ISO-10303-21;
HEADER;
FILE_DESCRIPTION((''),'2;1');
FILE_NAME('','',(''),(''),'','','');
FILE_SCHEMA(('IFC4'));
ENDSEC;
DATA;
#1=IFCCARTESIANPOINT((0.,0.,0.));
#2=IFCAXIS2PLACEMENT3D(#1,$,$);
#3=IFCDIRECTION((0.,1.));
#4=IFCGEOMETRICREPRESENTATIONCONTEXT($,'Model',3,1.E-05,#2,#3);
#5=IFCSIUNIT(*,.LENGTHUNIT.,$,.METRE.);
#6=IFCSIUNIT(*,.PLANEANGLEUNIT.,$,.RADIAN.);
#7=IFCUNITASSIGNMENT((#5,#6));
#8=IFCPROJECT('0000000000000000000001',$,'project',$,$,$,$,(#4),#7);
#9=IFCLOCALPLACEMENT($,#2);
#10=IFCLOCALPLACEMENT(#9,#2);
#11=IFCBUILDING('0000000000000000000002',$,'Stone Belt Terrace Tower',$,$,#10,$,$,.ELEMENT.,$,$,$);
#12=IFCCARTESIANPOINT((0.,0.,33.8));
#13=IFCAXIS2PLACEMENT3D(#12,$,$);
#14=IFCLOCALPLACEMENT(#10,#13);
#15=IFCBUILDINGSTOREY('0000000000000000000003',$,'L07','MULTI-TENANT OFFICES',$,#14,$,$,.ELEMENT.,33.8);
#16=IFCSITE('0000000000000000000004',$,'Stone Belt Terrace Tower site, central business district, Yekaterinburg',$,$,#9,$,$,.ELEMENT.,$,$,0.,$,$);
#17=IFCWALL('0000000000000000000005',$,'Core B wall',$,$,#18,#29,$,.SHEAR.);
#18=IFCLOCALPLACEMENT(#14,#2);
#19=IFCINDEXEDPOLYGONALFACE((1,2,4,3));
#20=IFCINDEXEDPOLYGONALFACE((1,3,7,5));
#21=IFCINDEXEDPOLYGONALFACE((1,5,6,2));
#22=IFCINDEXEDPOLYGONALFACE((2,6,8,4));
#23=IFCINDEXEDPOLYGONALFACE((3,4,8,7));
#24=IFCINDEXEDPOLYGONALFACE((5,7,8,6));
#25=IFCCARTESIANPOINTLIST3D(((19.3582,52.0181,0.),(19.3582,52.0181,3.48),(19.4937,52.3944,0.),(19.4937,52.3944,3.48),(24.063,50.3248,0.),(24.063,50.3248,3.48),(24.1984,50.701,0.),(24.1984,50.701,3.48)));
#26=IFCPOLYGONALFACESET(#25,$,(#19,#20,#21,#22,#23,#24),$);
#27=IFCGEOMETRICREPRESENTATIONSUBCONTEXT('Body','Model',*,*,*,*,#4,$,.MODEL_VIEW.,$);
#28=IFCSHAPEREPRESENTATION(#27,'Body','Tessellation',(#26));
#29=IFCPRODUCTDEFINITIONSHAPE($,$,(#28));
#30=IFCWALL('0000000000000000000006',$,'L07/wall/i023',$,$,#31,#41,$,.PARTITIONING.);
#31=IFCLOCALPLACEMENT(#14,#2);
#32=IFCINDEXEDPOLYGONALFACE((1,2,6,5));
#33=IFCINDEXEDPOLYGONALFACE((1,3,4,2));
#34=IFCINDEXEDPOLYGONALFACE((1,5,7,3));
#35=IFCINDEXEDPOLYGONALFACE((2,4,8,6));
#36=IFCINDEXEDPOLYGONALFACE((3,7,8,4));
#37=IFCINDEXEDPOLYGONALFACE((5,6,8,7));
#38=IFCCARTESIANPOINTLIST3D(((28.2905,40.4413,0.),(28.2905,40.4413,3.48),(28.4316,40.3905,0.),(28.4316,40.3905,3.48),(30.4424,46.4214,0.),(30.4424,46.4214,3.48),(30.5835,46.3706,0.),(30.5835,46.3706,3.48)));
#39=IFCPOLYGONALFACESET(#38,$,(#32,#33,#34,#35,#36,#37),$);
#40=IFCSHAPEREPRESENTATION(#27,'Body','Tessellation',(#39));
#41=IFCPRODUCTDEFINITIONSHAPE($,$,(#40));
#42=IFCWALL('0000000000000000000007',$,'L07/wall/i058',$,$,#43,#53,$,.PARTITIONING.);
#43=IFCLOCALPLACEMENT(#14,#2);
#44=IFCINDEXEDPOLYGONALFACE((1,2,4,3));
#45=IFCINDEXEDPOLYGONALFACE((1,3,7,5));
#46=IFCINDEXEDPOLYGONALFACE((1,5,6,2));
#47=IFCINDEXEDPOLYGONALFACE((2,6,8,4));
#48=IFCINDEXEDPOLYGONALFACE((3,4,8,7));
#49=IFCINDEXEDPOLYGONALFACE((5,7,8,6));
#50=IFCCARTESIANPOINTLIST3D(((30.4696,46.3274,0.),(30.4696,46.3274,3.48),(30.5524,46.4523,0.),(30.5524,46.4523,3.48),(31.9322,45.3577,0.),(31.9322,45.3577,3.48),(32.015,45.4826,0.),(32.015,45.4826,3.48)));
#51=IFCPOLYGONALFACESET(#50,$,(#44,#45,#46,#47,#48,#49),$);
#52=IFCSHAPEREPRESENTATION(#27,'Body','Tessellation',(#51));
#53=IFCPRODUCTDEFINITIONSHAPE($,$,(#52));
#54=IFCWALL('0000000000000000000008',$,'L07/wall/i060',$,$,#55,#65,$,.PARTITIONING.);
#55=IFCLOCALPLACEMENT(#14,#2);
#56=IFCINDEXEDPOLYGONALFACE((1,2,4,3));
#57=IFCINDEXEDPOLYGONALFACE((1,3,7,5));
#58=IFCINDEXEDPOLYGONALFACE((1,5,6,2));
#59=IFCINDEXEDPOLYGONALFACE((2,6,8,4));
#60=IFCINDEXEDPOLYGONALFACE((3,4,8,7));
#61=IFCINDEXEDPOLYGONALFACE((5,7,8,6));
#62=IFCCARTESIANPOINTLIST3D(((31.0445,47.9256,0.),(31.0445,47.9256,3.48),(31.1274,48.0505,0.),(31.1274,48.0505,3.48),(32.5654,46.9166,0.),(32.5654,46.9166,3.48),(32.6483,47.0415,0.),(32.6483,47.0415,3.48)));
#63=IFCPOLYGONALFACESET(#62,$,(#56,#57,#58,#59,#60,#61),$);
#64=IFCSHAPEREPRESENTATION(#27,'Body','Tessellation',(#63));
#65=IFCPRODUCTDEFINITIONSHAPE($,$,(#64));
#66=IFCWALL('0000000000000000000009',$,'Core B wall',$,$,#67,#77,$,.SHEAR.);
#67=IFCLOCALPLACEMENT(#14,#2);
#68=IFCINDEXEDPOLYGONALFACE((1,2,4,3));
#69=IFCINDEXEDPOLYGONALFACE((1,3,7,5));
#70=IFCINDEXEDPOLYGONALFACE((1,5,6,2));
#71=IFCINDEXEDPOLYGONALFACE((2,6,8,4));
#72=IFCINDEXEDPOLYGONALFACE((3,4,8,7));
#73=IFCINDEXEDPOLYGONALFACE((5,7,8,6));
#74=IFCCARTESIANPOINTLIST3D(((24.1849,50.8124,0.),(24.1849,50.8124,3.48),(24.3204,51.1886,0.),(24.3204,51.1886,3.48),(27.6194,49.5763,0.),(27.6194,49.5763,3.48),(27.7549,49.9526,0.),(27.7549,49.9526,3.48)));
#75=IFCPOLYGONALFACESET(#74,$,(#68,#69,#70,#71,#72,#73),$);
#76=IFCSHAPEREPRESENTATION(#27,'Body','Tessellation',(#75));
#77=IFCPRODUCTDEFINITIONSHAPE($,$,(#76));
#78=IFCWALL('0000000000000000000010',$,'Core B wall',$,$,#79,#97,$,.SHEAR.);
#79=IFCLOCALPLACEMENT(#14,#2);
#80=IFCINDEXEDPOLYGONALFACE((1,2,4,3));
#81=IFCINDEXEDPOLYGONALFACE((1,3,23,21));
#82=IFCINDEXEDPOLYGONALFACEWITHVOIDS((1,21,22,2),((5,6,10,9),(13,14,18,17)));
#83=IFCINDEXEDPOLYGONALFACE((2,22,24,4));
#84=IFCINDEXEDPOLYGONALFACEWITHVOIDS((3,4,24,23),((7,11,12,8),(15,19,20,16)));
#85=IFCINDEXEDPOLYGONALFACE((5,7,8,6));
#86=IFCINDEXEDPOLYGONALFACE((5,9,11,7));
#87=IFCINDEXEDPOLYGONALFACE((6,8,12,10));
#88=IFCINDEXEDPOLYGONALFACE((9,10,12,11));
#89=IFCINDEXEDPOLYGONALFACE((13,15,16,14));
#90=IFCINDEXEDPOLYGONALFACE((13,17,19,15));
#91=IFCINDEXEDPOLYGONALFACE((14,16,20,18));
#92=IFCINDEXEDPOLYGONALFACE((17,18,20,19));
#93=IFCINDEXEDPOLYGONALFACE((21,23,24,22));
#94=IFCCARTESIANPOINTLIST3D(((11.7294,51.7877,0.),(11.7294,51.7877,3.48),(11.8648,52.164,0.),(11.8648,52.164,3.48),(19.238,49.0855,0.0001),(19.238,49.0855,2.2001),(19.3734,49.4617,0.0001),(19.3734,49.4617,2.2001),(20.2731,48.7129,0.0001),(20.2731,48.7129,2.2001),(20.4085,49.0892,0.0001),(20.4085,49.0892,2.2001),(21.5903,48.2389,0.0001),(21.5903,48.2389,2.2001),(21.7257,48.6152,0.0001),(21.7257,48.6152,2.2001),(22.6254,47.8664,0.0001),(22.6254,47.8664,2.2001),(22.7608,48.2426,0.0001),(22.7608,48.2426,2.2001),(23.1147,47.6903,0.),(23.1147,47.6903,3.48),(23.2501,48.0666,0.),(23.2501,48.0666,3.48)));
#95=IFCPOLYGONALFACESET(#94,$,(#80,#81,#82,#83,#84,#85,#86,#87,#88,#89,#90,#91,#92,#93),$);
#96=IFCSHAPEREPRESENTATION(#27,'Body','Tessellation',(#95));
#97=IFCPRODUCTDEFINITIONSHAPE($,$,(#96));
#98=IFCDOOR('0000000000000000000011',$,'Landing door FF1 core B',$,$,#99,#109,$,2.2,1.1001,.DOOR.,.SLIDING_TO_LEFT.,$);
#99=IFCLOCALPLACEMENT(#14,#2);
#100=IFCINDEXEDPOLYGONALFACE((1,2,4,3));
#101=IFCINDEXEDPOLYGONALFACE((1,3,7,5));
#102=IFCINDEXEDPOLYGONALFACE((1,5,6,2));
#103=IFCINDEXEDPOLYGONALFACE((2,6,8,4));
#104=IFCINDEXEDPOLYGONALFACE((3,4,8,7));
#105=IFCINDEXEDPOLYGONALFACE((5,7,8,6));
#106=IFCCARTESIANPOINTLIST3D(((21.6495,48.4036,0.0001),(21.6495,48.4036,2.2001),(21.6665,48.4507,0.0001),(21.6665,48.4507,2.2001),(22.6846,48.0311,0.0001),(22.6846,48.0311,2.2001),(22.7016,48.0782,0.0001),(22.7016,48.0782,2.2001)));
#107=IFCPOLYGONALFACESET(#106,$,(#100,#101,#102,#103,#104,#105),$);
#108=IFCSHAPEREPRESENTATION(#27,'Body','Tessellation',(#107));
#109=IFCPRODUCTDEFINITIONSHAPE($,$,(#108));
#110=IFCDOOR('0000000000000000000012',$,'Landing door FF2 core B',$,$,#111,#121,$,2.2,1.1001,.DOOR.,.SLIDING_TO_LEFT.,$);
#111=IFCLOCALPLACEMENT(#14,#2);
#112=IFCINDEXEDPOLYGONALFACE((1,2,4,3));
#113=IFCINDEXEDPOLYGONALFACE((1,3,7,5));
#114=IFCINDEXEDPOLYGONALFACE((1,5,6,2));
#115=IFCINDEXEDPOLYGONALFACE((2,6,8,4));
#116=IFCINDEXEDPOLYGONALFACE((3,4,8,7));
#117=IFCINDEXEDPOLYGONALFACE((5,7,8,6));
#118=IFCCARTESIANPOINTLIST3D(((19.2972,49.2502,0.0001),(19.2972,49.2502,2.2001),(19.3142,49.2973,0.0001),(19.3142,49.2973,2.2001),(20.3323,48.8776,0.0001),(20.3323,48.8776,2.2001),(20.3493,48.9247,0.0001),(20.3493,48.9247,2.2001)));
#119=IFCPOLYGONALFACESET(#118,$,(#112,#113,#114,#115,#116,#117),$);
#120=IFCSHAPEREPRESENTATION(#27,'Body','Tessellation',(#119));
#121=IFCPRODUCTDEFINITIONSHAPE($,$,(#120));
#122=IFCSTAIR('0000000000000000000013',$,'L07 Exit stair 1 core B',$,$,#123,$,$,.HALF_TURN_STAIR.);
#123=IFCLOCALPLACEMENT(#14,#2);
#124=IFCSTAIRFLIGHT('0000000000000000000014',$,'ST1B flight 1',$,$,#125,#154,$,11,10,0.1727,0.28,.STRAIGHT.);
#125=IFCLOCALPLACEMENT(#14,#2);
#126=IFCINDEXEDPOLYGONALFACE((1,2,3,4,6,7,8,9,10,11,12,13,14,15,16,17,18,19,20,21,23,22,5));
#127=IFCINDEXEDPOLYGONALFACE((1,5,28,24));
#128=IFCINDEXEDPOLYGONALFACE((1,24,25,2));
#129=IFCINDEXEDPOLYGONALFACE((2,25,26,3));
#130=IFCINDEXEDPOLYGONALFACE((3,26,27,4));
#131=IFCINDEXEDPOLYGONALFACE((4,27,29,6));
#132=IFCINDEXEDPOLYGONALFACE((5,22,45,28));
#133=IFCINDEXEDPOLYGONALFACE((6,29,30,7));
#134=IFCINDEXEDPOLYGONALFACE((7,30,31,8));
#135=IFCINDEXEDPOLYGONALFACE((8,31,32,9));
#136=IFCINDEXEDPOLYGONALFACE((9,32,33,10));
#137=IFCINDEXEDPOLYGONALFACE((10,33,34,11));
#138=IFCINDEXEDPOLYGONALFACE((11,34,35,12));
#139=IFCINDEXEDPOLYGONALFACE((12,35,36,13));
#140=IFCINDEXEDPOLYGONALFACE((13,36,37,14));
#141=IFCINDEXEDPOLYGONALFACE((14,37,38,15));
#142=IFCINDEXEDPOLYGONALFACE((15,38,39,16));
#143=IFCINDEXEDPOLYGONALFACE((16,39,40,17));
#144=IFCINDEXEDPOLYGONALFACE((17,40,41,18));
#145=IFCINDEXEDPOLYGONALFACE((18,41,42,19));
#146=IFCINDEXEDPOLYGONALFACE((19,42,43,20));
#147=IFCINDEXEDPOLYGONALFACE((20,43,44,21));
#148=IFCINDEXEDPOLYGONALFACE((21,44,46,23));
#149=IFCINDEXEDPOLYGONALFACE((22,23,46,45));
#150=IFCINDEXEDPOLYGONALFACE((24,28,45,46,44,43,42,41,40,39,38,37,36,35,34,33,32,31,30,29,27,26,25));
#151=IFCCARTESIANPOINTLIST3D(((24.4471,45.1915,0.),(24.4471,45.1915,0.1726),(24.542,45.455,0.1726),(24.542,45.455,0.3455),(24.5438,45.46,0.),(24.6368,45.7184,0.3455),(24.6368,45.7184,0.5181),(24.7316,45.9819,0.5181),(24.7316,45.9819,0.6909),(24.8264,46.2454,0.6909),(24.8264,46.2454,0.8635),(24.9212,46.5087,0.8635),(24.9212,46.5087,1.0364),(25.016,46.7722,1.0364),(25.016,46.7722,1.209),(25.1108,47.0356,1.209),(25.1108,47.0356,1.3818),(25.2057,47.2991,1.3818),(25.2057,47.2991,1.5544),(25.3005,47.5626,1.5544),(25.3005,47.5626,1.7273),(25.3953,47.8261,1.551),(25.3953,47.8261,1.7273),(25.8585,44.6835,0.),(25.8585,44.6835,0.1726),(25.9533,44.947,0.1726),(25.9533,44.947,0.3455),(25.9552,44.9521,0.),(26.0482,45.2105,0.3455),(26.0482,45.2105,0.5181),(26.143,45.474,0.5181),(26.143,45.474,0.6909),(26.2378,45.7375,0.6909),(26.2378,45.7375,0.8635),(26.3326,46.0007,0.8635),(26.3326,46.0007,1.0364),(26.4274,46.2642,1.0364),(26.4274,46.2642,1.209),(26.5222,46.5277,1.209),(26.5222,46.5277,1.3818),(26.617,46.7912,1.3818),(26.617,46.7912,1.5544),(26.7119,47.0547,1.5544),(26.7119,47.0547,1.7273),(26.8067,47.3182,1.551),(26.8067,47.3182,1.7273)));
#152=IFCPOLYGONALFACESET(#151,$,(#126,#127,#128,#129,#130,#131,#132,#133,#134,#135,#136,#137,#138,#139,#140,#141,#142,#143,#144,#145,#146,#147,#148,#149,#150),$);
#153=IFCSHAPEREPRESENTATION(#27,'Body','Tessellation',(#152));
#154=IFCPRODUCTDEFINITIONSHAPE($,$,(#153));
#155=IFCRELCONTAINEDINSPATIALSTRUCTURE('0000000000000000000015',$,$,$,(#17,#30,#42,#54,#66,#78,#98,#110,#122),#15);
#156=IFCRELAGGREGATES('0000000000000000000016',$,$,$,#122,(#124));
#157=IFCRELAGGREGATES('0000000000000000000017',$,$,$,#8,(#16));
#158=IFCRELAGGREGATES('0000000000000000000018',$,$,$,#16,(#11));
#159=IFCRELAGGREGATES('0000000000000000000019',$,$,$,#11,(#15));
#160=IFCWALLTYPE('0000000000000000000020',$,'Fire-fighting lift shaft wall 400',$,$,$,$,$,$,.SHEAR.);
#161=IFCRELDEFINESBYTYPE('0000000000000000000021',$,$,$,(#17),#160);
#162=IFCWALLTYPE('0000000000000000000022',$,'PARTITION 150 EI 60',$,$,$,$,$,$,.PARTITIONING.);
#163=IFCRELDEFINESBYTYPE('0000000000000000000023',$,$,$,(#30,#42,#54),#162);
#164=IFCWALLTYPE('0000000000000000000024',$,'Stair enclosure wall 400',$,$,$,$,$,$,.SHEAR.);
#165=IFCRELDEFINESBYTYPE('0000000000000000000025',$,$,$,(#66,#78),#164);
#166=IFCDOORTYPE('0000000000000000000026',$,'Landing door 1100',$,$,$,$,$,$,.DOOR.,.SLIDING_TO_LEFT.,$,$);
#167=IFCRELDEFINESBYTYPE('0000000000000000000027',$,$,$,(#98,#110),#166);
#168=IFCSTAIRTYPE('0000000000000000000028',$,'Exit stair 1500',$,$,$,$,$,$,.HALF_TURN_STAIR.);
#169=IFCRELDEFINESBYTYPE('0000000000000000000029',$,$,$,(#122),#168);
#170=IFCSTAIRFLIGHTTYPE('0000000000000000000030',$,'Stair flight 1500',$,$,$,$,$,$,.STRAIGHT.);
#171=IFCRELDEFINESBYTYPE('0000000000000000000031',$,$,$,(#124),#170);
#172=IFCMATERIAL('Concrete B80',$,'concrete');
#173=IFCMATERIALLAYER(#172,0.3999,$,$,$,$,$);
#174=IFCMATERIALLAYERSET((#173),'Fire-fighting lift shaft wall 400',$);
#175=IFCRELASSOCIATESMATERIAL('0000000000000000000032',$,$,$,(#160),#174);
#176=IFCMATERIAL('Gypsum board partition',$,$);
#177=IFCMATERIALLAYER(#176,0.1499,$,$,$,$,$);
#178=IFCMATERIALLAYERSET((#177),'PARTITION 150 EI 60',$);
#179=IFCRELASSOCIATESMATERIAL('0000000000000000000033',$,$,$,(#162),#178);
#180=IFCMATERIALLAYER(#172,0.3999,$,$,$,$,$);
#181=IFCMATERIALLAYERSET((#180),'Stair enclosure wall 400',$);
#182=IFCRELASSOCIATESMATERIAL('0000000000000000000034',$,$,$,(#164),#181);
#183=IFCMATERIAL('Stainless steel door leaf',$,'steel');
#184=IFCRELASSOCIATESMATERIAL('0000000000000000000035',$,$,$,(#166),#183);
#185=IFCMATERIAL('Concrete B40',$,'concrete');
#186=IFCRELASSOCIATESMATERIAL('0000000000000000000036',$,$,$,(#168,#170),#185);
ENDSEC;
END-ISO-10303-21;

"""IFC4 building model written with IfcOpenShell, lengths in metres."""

from ifc_helpers import new_model, si_unit, direction, frame, frame_2d, origin, place, context, subcontext, project, spatial, polyline, rectangle, outline, extrude, material, layer, layer_set, type_object, element, fill, aggregate, save


model = new_model("IFC4")

# Units and contexts
model_context = context("Model", 3, precision=1e-05, world=origin(), true_north=direction((0.0, 1.0)))
body_context = subcontext(model_context, "Body", "Model", "MODEL_VIEW")
ifc_project = project(units=[si_unit("LENGTHUNIT", "METRE"), si_unit("PLANEANGLEUNIT", "RADIAN")], contexts=[model_context])

# Site, building, storey
site_placement = place(None, origin())
site = spatial("IfcSite", under=ifc_project, at=site_placement, Name="Stone Belt Terrace Tower site, central business district, Yekaterinburg", CompositionType="ELEMENT", RefElevation=0.0)
building_placement = place(site_placement, origin())
building = spatial("IfcBuilding", under=site, at=building_placement, Name="Stone Belt Terrace Tower", CompositionType="ELEMENT")
storey_placement = place(building_placement, frame((0.0, 0.0, 33.8)))
storey = spatial("IfcBuildingStorey", under=building, at=storey_placement, Name="L07", Description="MULTI-TENANT OFFICES", CompositionType="ELEMENT", Elevation=33.8)

# Walls
ifc_material_1 = material(Name="Concrete B80", Category="concrete")
ifc_layer_1 = layer(ifc_material_1, 0.3999)
ifc_layer_set_1 = layer_set([ifc_layer_1], Name="Fire-fighting lift shaft wall 400")
wall_type_1 = type_object("IfcWallType", Name="Fire-fighting lift shaft wall 400", PredefinedType="SHEAR", material=ifc_layer_set_1)
wall_1_placement = place(storey_placement, frame((24.1306, 50.5129, 0.0), z_axis=(0.0, 0.0, 1.0), x_axis=(-0.940912, 0.338652, 0.0)))
element("IfcWall", 1, at=wall_1_placement, inside=storey, type_object=wall_type_1, Name="Core B wall", PredefinedType="SHEAR", context=body_context, shape_type="SweptSolid", body=[
    extrude(rectangle(XDim=5.0002, YDim=0.3999, at=frame_2d((2.5, 0.0))), origin(), (0.0, 0.0, 1.0), 3.48),
])
ifc_material_2 = material(Name="Gypsum board partition")
ifc_layer_2 = layer(ifc_material_2, 0.1499)
ifc_layer_set_2 = layer_set([ifc_layer_2], Name="PARTITION 150 EI 60")
wall_type_2 = type_object("IfcWallType", Name="PARTITION 150 EI 60", PredefinedType="PARTITIONING", material=ifc_layer_set_2)
wall_2_placement = place(storey_placement, frame((30.5129, 46.396, 0.0), z_axis=(0.0, 0.0, 1.0), x_axis=(-0.338589, -0.940934, 0.0)))
element("IfcWall", 2, at=wall_2_placement, inside=storey, type_object=wall_type_2, Name="L07/wall/i023", PredefinedType="PARTITIONING", context=body_context, shape_type="SweptSolid", body=[
    extrude(rectangle(XDim=6.3555, YDim=0.1499, at=frame_2d((3.1777, 0.0))), origin(), (0.0, 0.0, 1.0), 3.48),
])
wall_3_placement = place(storey_placement, frame((31.9736, 45.4202, 0.0), z_axis=(0.0, 0.0, 1.0), x_axis=(-0.83346, 0.55258, 0.0)))
element("IfcWall", 3, at=wall_3_placement, inside=storey, type_object=wall_type_2, Name="L07/wall/i058", PredefinedType="PARTITIONING", context=body_context, shape_type="SweptSolid", body=[
    extrude(rectangle(XDim=1.7549, YDim=0.1499, at=frame_2d((0.8774, 0.0))), origin(), (0.0, 0.0, 1.0), 3.48),
])
wall_4_placement = place(storey_placement, frame((31.0859, 47.988, 0.0), z_axis=(0.0, 0.0, 1.0), x_axis=(0.833303, -0.552816, 0.0)))
element("IfcWall", 4, at=wall_4_placement, inside=storey, type_object=wall_type_2, Name="L07/wall/i060", PredefinedType="PARTITIONING", context=body_context, shape_type="SweptSolid", body=[
    extrude(rectangle(XDim=1.8252, YDim=0.1499, at=frame_2d((0.9126, 0.0))), origin(), (0.0, 0.0, 1.0), 3.48),
])
ifc_layer_3 = layer(ifc_material_1, 0.3999)
ifc_layer_set_3 = layer_set([ifc_layer_3], Name="Stair enclosure wall 400")
wall_type_3 = type_object("IfcWallType", Name="Stair enclosure wall 400", PredefinedType="SHEAR", material=ifc_layer_set_3)
wall_5_placement = place(storey_placement, frame((27.6873, 49.7644, 0.0), z_axis=(0.0, 0.0, 1.0), x_axis=(-0.940919, 0.338632, 0.0)))
element("IfcWall", 5, at=wall_5_placement, inside=storey, type_object=wall_type_3, Name="Core B wall", PredefinedType="SHEAR", context=body_context, shape_type="SweptSolid", body=[
    extrude(rectangle(XDim=3.6501, YDim=0.3999, at=frame_2d((1.8252, 0.0))), origin(), (0.0, 0.0, 1.0), 3.48),
])

# Wall, openings, doors
wall_6_placement = place(storey_placement, frame((23.1824, 47.8784, 0.0), z_axis=(0.0, 0.0, 1.0), x_axis=(-0.940921, 0.338626, 0.0)))
wall_6 = element("IfcWall", 6, at=wall_6_placement, inside=storey, type_object=wall_type_3, Name="Core B wall", PredefinedType="SHEAR", context=body_context, shape_type="SweptSolid", body=[
    extrude(rectangle(XDim=12.1001, YDim=0.3999, at=frame_2d((6.05, 0.0))), origin(), (0.0, 0.0, 1.0), 3.48),
])
opening_1_placement = place(wall_6_placement, frame((0.52, 0.0, 0.0)))
opening_1 = element("IfcOpeningElement", 7, at=opening_1_placement, cuts=wall_6, PredefinedType="OPENING", context=body_context, shape_type="SweptSolid", body=[
    extrude(rectangle(XDim=1.1001, YDim=2.2, at=frame_2d((0.55, 1.1001))), frame((0.0, 0.21, 0.0), z_axis=(0.0, -1.0, 0.0), x_axis=(1.0, 0.0, 0.0)), (0.0, 0.0, 1.0), 0.4199),
])
opening_2_placement = place(wall_6_placement, frame((3.02, 0.0, 0.0)))
opening_2 = element("IfcOpeningElement", 8, at=opening_2_placement, cuts=wall_6, PredefinedType="OPENING", context=body_context, shape_type="SweptSolid", body=[
    extrude(rectangle(XDim=1.1001, YDim=2.2, at=frame_2d((0.55, 1.1001))), frame((0.0, 0.21, 0.0), z_axis=(0.0, -1.0, 0.0), x_axis=(1.0, 0.0, 0.0)), (0.0, 0.0, 1.0), 0.4199),
])
ifc_material_3 = material(Name="Stainless steel door leaf", Category="steel")
door_type = type_object("IfcDoorType", Name="Landing door 1100", OperationType="SLIDING_TO_LEFT", PredefinedType="DOOR", material=ifc_material_3)
door_1_placement = place(opening_1_placement, origin())
door_1 = element("IfcDoor", 9, at=door_1_placement, inside=storey, type_object=door_type, Name="Landing door FF1 core B", OperationType="SLIDING_TO_LEFT", OverallHeight=2.2, OverallWidth=1.1001, PredefinedType="DOOR", context=body_context, shape_type="SweptSolid", body=[
    extrude(rectangle(XDim=1.1001, YDim=2.2, at=frame_2d((0.55, 1.1001))), frame((0.0, 0.0249, 0.0), z_axis=(0.0, -1.0, 0.0), x_axis=(1.0, 0.0, 0.0)), (0.0, 0.0, 1.0), 0.05),
])
fill(opening_1, door_1)
door_2_placement = place(opening_2_placement, origin())
door_2 = element("IfcDoor", 10, at=door_2_placement, inside=storey, type_object=door_type, Name="Landing door FF2 core B", OperationType="SLIDING_TO_LEFT", OverallHeight=2.2, OverallWidth=1.1001, PredefinedType="DOOR", context=body_context, shape_type="SweptSolid", body=[
    extrude(rectangle(XDim=1.1001, YDim=2.2, at=frame_2d((0.55, 1.1001))), frame((0.0, 0.0249, 0.0), z_axis=(0.0, -1.0, 0.0), x_axis=(1.0, 0.0, 0.0)), (0.0, 0.0, 1.0), 0.05),
])
fill(opening_2, door_2)

# Stair, stair flight
ifc_material_4 = material(Name="Concrete B40", Category="concrete")
stair_type = type_object("IfcStairType", Name="Exit stair 1500", PredefinedType="HALF_TURN_STAIR", material=ifc_material_4)
stair_placement = place(storey_placement, origin())
stair = element("IfcStair", 11, at=stair_placement, inside=storey, type_object=stair_type, Name="L07 Exit stair 1 core B", PredefinedType="HALF_TURN_STAIR")
stair_flight_type = type_object("IfcStairFlightType", Name="Stair flight 1500", PredefinedType="STRAIGHT", material=ifc_material_4)
stair_flight_1_placement = place(storey_placement, frame((25.1528, 44.9375, 0.0), z_axis=(0.0, 0.0, 1.0), x_axis=(0.338624, 0.940922, 0.0)))
stair_flight_1 = element("IfcStairFlight", 12, at=stair_flight_1_placement, type_object=stair_flight_type, Name="ST1B flight 1", NumberOfRisers=11, NumberOfTreads=10, PredefinedType="STRAIGHT", RiserHeight=0.1727, TreadLength=0.28, context=body_context, shape_type="SweptSolid", body=[
    extrude(outline(polyline([(0.0, 0.0), (0.0, 0.1726), (0.28, 0.1726), (0.28, 0.3455), (0.5601, 0.3455), (0.5601, 0.5181), (0.8401, 0.5181), (0.8401, 0.6909), (1.1201, 0.6909), (1.1201, 0.8635), (1.3999, 0.8635), (1.3999, 1.0364), (1.6799, 1.0364), (1.6799, 1.209), (1.96, 1.209), (1.96, 1.3818), (2.24, 1.3818), (2.24, 1.5544), (2.52, 1.5544), (2.52, 1.7273), (2.8, 1.7273), (2.8, 1.8999), (2.8, 1.551), (0.2854, 0.0), (0.0, 0.0)])), frame((0.0, 0.75, 0.0), z_axis=(0.0, -1.0, 0.0), x_axis=(1.0, 0.0, 0.0)), (0.0, 0.0, 1.0), 1.5),
])
aggregate(stair, [stair_flight_1])

save(model, "model.ifc")
